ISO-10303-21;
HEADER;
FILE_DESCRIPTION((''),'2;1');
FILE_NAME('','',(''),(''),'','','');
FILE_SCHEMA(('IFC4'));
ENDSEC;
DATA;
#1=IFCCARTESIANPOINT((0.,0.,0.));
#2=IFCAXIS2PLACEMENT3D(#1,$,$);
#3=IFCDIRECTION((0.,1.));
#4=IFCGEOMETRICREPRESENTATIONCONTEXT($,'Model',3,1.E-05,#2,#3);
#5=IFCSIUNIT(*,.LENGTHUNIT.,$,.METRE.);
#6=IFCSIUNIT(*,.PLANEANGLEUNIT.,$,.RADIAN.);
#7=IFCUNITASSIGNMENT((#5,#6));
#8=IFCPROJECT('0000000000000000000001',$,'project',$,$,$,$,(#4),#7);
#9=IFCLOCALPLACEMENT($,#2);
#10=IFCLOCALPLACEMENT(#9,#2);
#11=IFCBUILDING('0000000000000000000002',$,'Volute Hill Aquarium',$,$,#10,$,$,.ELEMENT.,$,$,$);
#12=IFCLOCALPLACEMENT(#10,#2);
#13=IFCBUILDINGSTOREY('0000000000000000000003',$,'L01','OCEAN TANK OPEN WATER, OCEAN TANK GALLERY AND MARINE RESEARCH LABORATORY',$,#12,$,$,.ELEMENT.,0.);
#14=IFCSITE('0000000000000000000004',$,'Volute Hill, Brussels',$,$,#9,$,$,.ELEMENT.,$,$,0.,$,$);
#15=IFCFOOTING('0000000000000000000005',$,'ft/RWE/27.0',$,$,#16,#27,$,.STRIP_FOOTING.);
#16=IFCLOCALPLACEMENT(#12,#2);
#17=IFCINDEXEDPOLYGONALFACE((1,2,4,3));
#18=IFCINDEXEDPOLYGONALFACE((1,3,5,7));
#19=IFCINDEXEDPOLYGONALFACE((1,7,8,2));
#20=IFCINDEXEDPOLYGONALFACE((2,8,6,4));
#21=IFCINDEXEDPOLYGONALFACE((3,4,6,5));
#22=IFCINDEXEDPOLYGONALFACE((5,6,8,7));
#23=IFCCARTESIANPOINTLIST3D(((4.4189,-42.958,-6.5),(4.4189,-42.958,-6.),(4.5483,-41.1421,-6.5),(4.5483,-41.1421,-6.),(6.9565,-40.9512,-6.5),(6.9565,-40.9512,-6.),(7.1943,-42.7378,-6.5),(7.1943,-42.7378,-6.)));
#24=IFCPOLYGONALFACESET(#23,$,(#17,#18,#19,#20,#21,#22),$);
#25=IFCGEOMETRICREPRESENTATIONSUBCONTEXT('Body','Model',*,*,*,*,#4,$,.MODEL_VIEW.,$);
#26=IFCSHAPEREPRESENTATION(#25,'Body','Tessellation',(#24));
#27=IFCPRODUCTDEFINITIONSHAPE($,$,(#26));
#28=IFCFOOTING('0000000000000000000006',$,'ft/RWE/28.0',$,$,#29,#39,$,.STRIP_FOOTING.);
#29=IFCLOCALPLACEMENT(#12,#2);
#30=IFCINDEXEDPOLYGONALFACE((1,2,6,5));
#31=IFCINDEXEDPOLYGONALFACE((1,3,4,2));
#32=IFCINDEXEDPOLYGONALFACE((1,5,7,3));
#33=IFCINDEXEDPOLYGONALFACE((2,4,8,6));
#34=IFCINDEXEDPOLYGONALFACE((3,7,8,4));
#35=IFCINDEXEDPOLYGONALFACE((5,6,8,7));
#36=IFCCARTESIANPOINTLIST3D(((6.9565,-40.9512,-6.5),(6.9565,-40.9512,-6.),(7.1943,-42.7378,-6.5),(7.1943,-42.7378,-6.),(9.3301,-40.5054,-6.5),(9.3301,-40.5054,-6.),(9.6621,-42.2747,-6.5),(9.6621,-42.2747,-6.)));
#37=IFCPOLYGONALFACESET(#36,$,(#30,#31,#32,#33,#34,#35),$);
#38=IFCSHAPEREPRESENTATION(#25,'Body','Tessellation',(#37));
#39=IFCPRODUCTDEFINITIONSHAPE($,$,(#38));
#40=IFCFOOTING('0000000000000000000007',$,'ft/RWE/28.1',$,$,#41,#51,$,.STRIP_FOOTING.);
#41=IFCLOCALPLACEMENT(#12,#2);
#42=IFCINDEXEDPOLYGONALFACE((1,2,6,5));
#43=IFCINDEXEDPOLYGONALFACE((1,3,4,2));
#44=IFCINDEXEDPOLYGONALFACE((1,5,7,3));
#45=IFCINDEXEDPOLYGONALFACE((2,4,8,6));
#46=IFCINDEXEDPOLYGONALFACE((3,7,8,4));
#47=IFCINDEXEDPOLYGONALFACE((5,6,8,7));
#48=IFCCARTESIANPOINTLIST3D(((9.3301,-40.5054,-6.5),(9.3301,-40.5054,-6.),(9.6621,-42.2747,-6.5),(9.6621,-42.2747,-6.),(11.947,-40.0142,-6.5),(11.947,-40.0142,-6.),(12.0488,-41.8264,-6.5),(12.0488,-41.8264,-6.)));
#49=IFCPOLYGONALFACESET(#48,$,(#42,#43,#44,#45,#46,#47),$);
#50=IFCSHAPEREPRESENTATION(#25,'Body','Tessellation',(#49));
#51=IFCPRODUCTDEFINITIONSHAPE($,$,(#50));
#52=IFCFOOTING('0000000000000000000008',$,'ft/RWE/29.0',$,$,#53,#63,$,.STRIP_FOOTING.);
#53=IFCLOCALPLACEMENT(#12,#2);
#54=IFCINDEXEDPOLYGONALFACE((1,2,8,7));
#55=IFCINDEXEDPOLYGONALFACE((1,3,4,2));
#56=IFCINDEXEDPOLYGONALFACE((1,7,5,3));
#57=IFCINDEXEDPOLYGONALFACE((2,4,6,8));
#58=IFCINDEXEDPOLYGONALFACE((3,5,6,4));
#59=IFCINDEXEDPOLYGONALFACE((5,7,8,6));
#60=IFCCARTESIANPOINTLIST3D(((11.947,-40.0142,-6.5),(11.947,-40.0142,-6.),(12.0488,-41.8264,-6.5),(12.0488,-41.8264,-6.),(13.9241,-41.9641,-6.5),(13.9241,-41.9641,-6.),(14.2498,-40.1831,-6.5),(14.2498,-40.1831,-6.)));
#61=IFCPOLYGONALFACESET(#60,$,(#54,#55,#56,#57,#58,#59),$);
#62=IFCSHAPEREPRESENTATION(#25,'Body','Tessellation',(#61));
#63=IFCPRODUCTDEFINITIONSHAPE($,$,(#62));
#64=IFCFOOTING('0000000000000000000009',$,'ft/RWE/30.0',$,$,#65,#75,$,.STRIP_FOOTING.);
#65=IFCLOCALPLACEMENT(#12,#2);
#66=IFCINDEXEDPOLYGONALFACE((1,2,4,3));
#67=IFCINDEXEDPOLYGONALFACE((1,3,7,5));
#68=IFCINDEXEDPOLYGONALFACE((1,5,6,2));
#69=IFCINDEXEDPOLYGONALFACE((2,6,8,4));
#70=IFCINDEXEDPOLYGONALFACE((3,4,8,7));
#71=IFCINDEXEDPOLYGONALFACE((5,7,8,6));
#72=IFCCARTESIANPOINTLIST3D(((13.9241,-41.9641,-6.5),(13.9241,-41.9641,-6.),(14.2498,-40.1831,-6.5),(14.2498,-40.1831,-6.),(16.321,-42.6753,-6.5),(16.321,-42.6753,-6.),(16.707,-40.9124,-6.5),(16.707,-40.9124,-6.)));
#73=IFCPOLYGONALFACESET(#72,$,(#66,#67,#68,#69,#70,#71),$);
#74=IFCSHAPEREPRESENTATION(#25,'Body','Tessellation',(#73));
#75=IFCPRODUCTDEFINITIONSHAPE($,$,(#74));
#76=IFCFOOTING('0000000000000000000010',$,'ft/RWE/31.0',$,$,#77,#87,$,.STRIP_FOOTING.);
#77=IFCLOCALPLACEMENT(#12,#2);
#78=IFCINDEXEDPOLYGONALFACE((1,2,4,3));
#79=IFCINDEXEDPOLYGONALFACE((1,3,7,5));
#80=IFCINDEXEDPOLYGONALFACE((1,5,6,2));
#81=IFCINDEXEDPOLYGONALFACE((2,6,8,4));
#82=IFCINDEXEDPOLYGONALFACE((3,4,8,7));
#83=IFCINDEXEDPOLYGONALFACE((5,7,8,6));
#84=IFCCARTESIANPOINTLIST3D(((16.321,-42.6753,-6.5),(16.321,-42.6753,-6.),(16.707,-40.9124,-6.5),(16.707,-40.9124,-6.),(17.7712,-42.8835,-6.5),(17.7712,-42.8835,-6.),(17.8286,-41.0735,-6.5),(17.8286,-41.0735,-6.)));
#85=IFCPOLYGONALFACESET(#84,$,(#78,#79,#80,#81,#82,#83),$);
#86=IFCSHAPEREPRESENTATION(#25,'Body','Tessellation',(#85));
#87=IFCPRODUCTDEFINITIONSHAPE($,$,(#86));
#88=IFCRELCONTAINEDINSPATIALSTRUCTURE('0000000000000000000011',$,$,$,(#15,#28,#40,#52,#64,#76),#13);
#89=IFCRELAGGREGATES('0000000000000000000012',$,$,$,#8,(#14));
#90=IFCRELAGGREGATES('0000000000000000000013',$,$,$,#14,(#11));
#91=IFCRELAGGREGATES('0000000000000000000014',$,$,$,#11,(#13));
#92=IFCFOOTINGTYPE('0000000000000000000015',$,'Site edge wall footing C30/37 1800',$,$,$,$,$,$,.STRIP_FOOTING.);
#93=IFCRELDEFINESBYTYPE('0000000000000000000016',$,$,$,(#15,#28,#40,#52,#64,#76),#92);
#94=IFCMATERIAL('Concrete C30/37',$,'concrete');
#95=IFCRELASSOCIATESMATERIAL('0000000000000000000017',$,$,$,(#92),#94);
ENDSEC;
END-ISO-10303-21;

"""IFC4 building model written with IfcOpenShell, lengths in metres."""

from ifc_helpers import new_model, si_unit, direction, frame, origin, place, context, subcontext, project, spatial, polyline, outline, extrude, material, type_object, element, save


model = new_model("IFC4")

# Units and contexts
model_context = context("Model", 3, precision=1e-05, world=origin(), true_north=direction((0.0, 1.0)))
body_context = subcontext(model_context, "Body", "Model", "MODEL_VIEW")
ifc_project = project(units=[si_unit("LENGTHUNIT", "METRE"), si_unit("PLANEANGLEUNIT", "RADIAN")], contexts=[model_context])

# Site, building, storey
site_placement = place(None, origin())
site = spatial("IfcSite", under=ifc_project, at=site_placement, Name="Volute Hill, Brussels", CompositionType="ELEMENT", RefElevation=0.0)
building_placement = place(site_placement, origin())
building = spatial("IfcBuilding", under=site, at=building_placement, Name="Volute Hill Aquarium", CompositionType="ELEMENT")
storey_placement = place(building_placement, origin())
storey = spatial("IfcBuildingStorey", under=building, at=storey_placement, Name="L01", Description="OCEAN TANK OPEN WATER, OCEAN TANK GALLERY AND MARINE RESEARCH LABORATORY", CompositionType="ELEMENT", Elevation=0.0)

# Footings
ifc_material = material(Name="Concrete C30/37", Category="concrete")
footing_type = type_object("IfcFootingType", Name="Site edge wall footing C30/37 1800", PredefinedType="STRIP_FOOTING", material=ifc_material)
footing_1_placement = place(storey_placement, frame((0.0, 0.0, -6.5)))
element("IfcFooting", 1, at=footing_1_placement, inside=storey, type_object=footing_type, Name="ft/RWE/27.0", PredefinedType="STRIP_FOOTING", context=body_context, shape_type="SweptSolid", body=[
    extrude(outline(polyline([(7.1943, -42.7378), (7.1943, -42.7378), (6.9565, -40.9512), (4.5483, -41.1421), (4.5483, -41.1421), (4.4189, -42.958), (4.4189, -42.958), (7.1943, -42.7378)])), origin(), (0.0, 0.0, 1.0), 0.5),
])
footing_2_placement = place(storey_placement, frame((0.0, 0.0, -6.5)))
element("IfcFooting", 2, at=footing_2_placement, inside=storey, type_object=footing_type, Name="ft/RWE/28.0", PredefinedType="STRIP_FOOTING", context=body_context, shape_type="SweptSolid", body=[
    extrude(outline(polyline([(7.1943, -42.7378), (9.6621, -42.2747), (9.3301, -40.5054), (6.9565, -40.9512), (6.9565, -40.9512), (7.1943, -42.7378)])), origin(), (0.0, 0.0, 1.0), 0.5),
])
footing_3_placement = place(storey_placement, frame((0.0, 0.0, -6.5)))
element("IfcFooting", 3, at=footing_3_placement, inside=storey, type_object=footing_type, Name="ft/RWE/28.1", PredefinedType="STRIP_FOOTING", context=body_context, shape_type="SweptSolid", body=[
    extrude(outline(polyline([(9.6621, -42.2747), (12.0488, -41.8264), (11.947, -40.0142), (9.3301, -40.5054), (9.6621, -42.2747)])), origin(), (0.0, 0.0, 1.0), 0.5),
])
footing_4_placement = place(storey_placement, frame((0.0, 0.0, -6.5)))
element("IfcFooting", 4, at=footing_4_placement, inside=storey, type_object=footing_type, Name="ft/RWE/29.0", PredefinedType="STRIP_FOOTING", context=body_context, shape_type="SweptSolid", body=[
    extrude(outline(polyline([(13.9241, -41.9641), (13.9241, -41.9641), (14.2498, -40.1831), (11.947, -40.0142), (11.947, -40.0142), (12.0488, -41.8264), (12.0488, -41.8264), (13.9241, -41.9641)])), origin(), (0.0, 0.0, 1.0), 0.5),
])
footing_5_placement = place(storey_placement, frame((0.0, 0.0, -6.5)))
element("IfcFooting", 5, at=footing_5_placement, inside=storey, type_object=footing_type, Name="ft/RWE/30.0", PredefinedType="STRIP_FOOTING", context=body_context, shape_type="SweptSolid", body=[
    extrude(outline(polyline([(16.321, -42.6753), (16.321, -42.6753), (16.707, -40.9124), (16.707, -40.9124), (14.2498, -40.1831), (14.2498, -40.1831), (13.9241, -41.9641), (16.321, -42.6753)])), origin(), (0.0, 0.0, 1.0), 0.5),
])
footing_6_placement = place(storey_placement, frame((0.0, 0.0, -6.5)))
element("IfcFooting", 6, at=footing_6_placement, inside=storey, type_object=footing_type, Name="ft/RWE/31.0", PredefinedType="STRIP_FOOTING", context=body_context, shape_type="SweptSolid", body=[
    extrude(outline(polyline([(16.321, -42.6753), (17.7712, -42.8835), (17.8286, -41.0735), (16.707, -40.9124), (16.321, -42.6753)])), origin(), (0.0, 0.0, 1.0), 0.5),
])

save(model, "model.ifc")
